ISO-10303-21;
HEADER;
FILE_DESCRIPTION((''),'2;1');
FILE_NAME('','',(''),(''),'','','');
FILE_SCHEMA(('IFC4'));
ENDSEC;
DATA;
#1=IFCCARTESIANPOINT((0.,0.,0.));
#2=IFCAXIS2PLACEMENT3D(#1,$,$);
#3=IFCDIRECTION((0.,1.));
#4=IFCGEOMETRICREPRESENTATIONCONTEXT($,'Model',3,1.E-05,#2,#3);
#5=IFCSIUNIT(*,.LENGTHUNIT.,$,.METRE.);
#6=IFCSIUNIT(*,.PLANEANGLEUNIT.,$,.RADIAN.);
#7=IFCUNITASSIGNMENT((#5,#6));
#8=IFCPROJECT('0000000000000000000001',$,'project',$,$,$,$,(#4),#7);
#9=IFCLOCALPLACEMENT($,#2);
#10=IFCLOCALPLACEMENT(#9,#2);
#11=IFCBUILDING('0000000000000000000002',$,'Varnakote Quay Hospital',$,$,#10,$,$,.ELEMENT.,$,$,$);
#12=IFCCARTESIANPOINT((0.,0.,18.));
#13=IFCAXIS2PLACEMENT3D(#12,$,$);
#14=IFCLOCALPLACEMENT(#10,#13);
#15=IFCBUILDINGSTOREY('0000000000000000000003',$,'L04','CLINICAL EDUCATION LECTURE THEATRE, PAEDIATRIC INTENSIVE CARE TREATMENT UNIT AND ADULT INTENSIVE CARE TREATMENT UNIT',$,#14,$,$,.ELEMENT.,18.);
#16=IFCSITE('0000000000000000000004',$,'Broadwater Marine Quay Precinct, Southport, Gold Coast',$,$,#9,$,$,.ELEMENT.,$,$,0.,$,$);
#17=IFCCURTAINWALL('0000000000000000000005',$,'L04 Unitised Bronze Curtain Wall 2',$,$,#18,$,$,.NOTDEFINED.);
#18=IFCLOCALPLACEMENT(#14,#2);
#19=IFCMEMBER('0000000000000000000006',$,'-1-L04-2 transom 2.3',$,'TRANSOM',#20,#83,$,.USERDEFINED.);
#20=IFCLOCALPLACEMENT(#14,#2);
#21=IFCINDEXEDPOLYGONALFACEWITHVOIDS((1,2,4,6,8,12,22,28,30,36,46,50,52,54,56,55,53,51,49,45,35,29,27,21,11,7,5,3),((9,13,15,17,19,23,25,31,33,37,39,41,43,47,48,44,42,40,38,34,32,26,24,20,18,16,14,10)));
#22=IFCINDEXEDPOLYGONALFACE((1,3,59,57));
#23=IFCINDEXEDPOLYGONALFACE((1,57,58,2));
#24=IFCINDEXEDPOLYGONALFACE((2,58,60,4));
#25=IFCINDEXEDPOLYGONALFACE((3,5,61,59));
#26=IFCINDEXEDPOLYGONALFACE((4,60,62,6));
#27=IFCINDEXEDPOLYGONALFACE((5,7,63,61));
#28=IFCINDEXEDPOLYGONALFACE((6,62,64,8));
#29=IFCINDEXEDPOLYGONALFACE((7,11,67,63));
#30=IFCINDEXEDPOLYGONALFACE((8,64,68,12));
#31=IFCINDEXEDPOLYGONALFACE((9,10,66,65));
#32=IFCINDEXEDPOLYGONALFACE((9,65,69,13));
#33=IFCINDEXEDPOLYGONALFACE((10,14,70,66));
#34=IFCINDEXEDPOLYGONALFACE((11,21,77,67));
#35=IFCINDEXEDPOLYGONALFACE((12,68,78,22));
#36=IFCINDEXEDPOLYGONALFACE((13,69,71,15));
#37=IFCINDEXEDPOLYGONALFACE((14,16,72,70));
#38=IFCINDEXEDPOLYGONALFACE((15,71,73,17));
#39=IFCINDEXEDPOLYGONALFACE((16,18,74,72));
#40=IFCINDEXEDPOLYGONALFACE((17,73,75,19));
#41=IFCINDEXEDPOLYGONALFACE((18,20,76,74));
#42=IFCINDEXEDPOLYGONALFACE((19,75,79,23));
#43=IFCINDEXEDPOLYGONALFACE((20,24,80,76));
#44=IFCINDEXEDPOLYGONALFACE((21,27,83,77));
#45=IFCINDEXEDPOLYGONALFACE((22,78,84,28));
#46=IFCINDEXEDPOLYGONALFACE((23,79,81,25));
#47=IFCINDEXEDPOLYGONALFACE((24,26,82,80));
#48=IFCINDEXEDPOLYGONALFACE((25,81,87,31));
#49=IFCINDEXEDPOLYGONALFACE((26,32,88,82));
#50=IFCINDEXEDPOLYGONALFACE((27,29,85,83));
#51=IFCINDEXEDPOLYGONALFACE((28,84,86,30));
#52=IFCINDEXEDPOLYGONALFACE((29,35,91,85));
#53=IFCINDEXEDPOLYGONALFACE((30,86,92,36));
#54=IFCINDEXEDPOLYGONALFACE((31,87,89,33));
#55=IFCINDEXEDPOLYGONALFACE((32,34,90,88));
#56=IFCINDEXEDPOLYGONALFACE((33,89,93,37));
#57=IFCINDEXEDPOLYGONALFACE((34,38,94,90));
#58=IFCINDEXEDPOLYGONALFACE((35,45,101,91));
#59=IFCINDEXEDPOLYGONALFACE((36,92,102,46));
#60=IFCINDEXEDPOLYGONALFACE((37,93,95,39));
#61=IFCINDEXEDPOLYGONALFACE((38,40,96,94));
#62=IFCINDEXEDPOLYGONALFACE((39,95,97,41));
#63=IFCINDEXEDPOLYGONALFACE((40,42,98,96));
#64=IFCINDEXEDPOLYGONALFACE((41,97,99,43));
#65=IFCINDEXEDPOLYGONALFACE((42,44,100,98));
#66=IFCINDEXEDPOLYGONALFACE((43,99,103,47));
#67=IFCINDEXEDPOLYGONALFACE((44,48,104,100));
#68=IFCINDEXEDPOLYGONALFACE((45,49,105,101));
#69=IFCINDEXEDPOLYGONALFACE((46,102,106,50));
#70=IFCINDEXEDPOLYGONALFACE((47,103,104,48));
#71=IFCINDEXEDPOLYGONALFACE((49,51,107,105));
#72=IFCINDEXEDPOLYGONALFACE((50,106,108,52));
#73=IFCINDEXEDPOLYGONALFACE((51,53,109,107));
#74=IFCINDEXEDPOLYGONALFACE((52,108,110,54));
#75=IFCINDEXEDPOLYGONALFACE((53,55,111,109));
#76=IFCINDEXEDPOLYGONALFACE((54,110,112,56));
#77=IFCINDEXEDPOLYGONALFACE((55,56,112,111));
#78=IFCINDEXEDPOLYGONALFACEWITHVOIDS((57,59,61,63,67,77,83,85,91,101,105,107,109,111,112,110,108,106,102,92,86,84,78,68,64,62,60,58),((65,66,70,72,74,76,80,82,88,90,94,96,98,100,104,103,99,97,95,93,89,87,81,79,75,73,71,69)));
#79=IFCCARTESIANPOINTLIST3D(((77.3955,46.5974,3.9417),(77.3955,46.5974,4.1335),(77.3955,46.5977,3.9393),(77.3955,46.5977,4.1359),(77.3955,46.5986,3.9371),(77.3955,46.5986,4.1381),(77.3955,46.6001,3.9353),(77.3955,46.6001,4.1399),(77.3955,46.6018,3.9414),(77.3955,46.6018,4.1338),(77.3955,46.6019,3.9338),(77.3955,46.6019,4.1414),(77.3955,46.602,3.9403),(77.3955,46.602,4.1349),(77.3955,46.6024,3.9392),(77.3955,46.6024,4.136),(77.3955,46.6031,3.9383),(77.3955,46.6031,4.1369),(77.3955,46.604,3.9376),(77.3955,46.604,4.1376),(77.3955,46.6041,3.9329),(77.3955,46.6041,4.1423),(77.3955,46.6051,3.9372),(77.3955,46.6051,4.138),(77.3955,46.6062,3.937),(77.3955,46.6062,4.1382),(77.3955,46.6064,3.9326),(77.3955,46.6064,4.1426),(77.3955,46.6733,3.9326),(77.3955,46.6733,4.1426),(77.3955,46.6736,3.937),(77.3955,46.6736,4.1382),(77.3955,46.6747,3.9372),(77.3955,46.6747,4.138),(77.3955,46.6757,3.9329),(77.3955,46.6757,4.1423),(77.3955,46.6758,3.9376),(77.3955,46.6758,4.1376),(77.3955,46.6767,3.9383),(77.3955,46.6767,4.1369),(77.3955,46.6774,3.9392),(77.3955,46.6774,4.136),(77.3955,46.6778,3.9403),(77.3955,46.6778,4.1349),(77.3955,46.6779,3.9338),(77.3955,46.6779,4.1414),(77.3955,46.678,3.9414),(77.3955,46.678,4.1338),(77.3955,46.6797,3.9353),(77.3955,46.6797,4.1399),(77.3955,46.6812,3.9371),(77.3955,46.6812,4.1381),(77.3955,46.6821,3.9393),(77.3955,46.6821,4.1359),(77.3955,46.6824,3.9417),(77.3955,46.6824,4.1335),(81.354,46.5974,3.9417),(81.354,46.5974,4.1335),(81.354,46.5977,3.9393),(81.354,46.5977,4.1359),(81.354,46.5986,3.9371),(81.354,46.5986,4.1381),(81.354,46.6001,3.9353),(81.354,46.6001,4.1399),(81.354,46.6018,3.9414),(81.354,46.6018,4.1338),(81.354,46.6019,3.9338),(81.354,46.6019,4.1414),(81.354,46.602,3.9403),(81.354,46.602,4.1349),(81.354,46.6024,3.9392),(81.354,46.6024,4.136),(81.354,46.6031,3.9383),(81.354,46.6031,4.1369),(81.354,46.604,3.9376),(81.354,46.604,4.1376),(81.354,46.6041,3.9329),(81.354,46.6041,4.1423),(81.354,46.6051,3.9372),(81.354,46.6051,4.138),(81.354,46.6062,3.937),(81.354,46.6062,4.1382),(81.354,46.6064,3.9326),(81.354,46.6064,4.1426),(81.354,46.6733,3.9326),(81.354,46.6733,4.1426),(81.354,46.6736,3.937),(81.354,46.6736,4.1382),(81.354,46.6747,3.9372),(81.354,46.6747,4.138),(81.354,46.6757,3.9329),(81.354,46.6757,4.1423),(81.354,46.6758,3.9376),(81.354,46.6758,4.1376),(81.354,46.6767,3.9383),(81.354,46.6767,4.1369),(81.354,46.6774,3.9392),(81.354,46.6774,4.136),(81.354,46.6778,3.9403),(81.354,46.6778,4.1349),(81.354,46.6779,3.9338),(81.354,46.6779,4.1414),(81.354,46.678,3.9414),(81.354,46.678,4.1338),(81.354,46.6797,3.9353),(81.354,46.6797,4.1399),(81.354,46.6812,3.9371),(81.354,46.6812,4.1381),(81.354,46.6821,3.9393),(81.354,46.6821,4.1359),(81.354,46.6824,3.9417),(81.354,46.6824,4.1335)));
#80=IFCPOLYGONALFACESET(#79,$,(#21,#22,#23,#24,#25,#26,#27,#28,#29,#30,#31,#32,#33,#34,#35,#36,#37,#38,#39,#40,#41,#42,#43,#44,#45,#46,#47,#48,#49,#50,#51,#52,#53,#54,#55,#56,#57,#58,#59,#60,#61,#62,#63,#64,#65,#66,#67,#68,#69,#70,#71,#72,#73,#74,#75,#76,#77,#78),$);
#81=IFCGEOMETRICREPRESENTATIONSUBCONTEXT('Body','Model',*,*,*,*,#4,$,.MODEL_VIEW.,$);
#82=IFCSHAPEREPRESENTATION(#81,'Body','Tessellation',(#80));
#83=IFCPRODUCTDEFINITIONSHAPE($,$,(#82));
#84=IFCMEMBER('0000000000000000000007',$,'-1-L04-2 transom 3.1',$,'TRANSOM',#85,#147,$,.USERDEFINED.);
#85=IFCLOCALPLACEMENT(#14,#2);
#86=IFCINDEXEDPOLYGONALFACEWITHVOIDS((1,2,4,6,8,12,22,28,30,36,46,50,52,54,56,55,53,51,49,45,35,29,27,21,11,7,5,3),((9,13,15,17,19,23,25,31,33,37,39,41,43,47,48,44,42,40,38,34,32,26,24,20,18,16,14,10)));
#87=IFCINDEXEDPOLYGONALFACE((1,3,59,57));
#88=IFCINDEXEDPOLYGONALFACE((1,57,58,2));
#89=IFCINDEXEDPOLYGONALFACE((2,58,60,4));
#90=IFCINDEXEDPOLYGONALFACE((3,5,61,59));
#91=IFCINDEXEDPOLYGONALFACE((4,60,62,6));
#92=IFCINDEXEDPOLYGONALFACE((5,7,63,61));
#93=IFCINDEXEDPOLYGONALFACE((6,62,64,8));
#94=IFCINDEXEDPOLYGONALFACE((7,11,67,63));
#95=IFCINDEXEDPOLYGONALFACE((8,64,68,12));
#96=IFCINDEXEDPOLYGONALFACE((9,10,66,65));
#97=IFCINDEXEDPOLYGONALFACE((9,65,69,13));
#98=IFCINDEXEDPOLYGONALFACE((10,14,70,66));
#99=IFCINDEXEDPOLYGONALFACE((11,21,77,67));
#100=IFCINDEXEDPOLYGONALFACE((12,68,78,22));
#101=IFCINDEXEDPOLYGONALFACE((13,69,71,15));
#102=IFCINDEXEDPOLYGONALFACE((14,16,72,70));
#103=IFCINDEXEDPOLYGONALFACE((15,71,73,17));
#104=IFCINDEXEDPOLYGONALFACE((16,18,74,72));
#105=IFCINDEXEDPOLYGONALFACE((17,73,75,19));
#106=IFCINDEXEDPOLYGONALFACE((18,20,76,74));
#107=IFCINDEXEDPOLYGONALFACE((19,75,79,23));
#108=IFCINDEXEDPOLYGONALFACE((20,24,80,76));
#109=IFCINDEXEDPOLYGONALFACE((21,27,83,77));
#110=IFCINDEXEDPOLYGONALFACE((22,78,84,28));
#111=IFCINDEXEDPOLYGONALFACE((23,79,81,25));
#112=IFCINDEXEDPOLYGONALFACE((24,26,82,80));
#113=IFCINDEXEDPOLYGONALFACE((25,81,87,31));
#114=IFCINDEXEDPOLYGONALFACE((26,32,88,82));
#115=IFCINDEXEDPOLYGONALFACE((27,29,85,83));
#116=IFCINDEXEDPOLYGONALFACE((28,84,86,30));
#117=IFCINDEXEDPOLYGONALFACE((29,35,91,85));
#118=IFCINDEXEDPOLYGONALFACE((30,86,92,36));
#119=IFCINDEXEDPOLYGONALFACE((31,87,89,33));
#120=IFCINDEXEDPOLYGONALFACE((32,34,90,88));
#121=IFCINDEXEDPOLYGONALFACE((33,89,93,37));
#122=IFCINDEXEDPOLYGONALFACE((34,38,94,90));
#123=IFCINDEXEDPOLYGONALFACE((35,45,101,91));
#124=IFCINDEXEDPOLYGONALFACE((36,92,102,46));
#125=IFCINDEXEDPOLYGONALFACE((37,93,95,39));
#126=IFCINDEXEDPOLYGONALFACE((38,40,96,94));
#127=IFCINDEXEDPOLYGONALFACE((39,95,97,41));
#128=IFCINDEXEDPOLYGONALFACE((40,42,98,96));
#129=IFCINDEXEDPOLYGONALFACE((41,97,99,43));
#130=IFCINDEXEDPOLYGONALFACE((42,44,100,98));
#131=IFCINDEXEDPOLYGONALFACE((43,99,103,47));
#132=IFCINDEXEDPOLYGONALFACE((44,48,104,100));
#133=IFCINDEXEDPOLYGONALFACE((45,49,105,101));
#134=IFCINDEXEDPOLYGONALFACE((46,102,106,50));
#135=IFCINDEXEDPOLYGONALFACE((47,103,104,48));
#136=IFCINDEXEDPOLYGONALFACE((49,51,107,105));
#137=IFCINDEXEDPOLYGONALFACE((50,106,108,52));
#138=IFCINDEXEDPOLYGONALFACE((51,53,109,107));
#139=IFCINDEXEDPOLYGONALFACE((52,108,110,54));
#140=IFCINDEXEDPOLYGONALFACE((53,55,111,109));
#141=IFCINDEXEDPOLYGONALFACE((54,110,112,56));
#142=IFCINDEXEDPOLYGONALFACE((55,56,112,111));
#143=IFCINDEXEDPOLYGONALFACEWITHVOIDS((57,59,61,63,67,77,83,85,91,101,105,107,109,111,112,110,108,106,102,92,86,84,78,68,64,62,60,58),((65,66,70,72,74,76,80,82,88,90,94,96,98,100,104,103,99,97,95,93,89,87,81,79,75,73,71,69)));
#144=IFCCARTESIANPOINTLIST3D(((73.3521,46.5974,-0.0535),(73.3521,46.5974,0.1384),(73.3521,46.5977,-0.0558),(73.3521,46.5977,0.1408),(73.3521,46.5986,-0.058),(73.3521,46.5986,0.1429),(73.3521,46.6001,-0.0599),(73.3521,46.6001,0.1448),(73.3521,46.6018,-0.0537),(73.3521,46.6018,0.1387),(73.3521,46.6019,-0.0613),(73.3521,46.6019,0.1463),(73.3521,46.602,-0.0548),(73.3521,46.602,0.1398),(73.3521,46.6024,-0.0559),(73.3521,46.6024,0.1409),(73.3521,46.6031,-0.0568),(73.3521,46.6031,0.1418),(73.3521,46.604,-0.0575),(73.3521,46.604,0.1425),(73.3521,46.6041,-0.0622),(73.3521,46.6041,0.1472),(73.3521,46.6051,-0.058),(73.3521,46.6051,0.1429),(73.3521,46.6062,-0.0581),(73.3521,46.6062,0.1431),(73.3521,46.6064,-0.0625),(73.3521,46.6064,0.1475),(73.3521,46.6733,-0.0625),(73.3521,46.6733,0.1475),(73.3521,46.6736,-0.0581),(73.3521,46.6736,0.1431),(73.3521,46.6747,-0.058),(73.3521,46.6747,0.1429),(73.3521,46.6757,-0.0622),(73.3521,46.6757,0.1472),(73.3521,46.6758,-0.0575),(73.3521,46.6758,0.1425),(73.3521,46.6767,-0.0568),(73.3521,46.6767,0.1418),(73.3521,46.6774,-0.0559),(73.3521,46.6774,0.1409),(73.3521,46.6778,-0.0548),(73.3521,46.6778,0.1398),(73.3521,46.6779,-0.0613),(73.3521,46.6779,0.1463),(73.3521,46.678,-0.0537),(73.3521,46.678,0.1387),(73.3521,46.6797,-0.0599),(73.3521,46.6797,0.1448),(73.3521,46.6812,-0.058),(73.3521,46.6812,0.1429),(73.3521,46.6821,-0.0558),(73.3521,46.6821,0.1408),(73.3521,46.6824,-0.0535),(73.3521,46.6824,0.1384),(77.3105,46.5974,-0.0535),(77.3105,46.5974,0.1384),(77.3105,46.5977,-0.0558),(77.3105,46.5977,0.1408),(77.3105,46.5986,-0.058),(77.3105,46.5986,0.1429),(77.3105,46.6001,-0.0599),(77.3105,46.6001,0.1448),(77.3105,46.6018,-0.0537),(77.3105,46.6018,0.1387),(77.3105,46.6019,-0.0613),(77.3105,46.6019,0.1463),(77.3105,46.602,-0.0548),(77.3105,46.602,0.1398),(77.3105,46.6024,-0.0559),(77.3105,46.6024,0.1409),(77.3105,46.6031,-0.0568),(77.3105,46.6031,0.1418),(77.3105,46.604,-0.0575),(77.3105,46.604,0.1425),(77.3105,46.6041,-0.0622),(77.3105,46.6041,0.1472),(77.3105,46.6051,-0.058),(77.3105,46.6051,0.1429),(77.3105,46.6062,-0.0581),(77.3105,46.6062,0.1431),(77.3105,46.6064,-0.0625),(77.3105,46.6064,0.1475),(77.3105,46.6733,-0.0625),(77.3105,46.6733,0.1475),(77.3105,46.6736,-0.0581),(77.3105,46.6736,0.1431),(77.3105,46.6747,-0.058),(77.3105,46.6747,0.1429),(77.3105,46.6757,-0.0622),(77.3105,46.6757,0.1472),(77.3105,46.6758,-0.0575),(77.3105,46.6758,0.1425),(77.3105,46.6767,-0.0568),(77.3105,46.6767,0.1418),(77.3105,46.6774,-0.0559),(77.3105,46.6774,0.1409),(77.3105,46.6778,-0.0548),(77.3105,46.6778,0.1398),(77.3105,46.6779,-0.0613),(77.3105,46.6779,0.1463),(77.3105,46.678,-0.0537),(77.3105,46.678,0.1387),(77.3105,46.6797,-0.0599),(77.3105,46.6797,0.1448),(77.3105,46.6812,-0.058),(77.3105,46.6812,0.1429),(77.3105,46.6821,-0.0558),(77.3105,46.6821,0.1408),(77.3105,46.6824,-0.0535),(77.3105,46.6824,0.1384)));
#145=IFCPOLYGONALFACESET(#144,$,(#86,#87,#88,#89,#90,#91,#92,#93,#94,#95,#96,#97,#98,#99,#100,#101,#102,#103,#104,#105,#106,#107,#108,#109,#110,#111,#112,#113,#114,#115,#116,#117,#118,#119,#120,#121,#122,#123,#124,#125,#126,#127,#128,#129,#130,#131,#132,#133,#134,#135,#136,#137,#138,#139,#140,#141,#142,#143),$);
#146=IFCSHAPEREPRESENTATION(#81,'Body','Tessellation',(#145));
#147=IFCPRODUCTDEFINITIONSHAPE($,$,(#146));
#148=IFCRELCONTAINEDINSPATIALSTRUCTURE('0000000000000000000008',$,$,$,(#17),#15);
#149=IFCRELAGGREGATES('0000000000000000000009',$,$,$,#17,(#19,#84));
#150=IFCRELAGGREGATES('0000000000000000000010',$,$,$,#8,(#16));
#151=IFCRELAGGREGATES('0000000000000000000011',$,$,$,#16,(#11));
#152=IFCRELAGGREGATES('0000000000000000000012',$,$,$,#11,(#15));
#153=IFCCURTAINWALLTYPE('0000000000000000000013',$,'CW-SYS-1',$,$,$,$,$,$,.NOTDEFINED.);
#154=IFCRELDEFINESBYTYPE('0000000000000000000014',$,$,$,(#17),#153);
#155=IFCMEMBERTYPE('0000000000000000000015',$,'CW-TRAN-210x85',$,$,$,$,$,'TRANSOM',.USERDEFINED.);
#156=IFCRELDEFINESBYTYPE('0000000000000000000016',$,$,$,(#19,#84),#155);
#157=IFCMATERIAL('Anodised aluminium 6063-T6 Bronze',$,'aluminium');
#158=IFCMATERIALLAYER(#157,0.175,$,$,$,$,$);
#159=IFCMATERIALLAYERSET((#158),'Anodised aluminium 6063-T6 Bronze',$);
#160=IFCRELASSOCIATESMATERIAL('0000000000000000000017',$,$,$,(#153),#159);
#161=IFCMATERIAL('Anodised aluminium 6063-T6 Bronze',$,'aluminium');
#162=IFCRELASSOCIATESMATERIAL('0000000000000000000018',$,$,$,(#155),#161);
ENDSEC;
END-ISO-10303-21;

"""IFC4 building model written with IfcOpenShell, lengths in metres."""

from ifc_helpers import new_model, si_unit, direction, frame, origin, origin_2d, place, context, subcontext, project, spatial, hollow_rectangle, extrude, material, layer, layer_set, material_profile, profile_set, type_object, element, aggregate, save


model = new_model("IFC4")

# Units and contexts
model_context = context("Model", 3, precision=1e-05, world=origin(), true_north=direction((0.0, 1.0)))
body_context = subcontext(model_context, "Body", "Model", "MODEL_VIEW")
ifc_project = project(units=[si_unit("LENGTHUNIT", "METRE"), si_unit("PLANEANGLEUNIT", "RADIAN")], contexts=[model_context])

# Site, building, storey
site_placement = place(None, origin())
site = spatial("IfcSite", under=ifc_project, at=site_placement, Name="Broadwater Marine Quay Precinct, Southport, Gold Coast", CompositionType="ELEMENT", RefElevation=0.0)
building_placement = place(site_placement, origin())
building = spatial("IfcBuilding", under=site, at=building_placement, Name="Varnakote Quay Hospital", CompositionType="ELEMENT")
storey_placement = place(building_placement, frame((0.0, 0.0, 18.0)))
storey = spatial("IfcBuildingStorey", under=building, at=storey_placement, Name="L04", Description="CLINICAL EDUCATION LECTURE THEATRE, PAEDIATRIC INTENSIVE CARE TREATMENT UNIT AND ADULT INTENSIVE CARE TREATMENT UNIT", CompositionType="ELEMENT", Elevation=18.0)

# Shared definitions
ifc_material_1 = material(Name="Anodised aluminium 6063-T6 Bronze", Category="aluminium")
ifc_layer_1 = layer(ifc_material_1, 0.175)
ifc_layer_set_1 = layer_set([ifc_layer_1], Name="Anodised aluminium 6063-T6 Bronze")
curtain_wall_type = type_object("IfcCurtainWallType", Name="CW-SYS-1", PredefinedType="NOTDEFINED", material=ifc_layer_set_1)

# Curtain wall, members
curtain_wall_1_placement = place(storey_placement, origin())
curtain_wall_1 = element("IfcCurtainWall", 1, at=curtain_wall_1_placement, inside=storey, type_object=curtain_wall_type, Name="L04 Unitised Bronze Curtain Wall 2", PredefinedType="NOTDEFINED")
ifc_material_2 = material(Name="Anodised aluminium 6063-T6 Bronze", Category="aluminium")
ifc_material_profile_1 = material_profile(ifc_material_2, hollow_rectangle(XDim=0.085, YDim=0.21, WallThickness=0.0044, InnerFilletRadius=0.0044, OuterFilletRadius=0.009, at=origin_2d()), Name="CW-TRAN-210x85")
ifc_profile_set_1 = profile_set([ifc_material_profile_1], Name="Anodised aluminium 6063-T6 Bronze")
member_type_1 = type_object("IfcMemberType", Name="CW-TRAN-210x85", ElementType="TRANSOM", PredefinedType="USERDEFINED", material=ifc_profile_set_1)
member_1_placement = place(storey_placement, frame((81.354, 46.6399, 4.0376), z_axis=(-1.0, 0.0, 0.0), x_axis=(0.0, -1.0, 0.0)))
member_1 = element("IfcMember", 2, at=member_1_placement, type_object=member_type_1, Name="-1-L04-2 transom 2.3", ObjectType="TRANSOM", PredefinedType="USERDEFINED", context=body_context, shape_type="SweptSolid", body=[
    extrude(hollow_rectangle(XDim=0.085, YDim=0.21, WallThickness=0.0044, InnerFilletRadius=0.0044, OuterFilletRadius=0.009, at=origin_2d()), origin(), (0.0, 0.0, 1.0), 3.9585),
])
member_2_placement = place(storey_placement, frame((77.3105, 46.6399, 0.0425), z_axis=(-1.0, 0.0, 0.0), x_axis=(0.0, -1.0, 0.0)))
member_2 = element("IfcMember", 3, at=member_2_placement, type_object=member_type_1, Name="-1-L04-2 transom 3.1", ObjectType="TRANSOM", PredefinedType="USERDEFINED", context=body_context, shape_type="SweptSolid", body=[
    extrude(hollow_rectangle(XDim=0.085, YDim=0.21, WallThickness=0.0044, InnerFilletRadius=0.0044, OuterFilletRadius=0.009, at=origin_2d()), origin(), (0.0, 0.0, 1.0), 3.9585),
])
aggregate(curtain_wall_1, [member_1, member_2])

save(model, "model.ifc")
